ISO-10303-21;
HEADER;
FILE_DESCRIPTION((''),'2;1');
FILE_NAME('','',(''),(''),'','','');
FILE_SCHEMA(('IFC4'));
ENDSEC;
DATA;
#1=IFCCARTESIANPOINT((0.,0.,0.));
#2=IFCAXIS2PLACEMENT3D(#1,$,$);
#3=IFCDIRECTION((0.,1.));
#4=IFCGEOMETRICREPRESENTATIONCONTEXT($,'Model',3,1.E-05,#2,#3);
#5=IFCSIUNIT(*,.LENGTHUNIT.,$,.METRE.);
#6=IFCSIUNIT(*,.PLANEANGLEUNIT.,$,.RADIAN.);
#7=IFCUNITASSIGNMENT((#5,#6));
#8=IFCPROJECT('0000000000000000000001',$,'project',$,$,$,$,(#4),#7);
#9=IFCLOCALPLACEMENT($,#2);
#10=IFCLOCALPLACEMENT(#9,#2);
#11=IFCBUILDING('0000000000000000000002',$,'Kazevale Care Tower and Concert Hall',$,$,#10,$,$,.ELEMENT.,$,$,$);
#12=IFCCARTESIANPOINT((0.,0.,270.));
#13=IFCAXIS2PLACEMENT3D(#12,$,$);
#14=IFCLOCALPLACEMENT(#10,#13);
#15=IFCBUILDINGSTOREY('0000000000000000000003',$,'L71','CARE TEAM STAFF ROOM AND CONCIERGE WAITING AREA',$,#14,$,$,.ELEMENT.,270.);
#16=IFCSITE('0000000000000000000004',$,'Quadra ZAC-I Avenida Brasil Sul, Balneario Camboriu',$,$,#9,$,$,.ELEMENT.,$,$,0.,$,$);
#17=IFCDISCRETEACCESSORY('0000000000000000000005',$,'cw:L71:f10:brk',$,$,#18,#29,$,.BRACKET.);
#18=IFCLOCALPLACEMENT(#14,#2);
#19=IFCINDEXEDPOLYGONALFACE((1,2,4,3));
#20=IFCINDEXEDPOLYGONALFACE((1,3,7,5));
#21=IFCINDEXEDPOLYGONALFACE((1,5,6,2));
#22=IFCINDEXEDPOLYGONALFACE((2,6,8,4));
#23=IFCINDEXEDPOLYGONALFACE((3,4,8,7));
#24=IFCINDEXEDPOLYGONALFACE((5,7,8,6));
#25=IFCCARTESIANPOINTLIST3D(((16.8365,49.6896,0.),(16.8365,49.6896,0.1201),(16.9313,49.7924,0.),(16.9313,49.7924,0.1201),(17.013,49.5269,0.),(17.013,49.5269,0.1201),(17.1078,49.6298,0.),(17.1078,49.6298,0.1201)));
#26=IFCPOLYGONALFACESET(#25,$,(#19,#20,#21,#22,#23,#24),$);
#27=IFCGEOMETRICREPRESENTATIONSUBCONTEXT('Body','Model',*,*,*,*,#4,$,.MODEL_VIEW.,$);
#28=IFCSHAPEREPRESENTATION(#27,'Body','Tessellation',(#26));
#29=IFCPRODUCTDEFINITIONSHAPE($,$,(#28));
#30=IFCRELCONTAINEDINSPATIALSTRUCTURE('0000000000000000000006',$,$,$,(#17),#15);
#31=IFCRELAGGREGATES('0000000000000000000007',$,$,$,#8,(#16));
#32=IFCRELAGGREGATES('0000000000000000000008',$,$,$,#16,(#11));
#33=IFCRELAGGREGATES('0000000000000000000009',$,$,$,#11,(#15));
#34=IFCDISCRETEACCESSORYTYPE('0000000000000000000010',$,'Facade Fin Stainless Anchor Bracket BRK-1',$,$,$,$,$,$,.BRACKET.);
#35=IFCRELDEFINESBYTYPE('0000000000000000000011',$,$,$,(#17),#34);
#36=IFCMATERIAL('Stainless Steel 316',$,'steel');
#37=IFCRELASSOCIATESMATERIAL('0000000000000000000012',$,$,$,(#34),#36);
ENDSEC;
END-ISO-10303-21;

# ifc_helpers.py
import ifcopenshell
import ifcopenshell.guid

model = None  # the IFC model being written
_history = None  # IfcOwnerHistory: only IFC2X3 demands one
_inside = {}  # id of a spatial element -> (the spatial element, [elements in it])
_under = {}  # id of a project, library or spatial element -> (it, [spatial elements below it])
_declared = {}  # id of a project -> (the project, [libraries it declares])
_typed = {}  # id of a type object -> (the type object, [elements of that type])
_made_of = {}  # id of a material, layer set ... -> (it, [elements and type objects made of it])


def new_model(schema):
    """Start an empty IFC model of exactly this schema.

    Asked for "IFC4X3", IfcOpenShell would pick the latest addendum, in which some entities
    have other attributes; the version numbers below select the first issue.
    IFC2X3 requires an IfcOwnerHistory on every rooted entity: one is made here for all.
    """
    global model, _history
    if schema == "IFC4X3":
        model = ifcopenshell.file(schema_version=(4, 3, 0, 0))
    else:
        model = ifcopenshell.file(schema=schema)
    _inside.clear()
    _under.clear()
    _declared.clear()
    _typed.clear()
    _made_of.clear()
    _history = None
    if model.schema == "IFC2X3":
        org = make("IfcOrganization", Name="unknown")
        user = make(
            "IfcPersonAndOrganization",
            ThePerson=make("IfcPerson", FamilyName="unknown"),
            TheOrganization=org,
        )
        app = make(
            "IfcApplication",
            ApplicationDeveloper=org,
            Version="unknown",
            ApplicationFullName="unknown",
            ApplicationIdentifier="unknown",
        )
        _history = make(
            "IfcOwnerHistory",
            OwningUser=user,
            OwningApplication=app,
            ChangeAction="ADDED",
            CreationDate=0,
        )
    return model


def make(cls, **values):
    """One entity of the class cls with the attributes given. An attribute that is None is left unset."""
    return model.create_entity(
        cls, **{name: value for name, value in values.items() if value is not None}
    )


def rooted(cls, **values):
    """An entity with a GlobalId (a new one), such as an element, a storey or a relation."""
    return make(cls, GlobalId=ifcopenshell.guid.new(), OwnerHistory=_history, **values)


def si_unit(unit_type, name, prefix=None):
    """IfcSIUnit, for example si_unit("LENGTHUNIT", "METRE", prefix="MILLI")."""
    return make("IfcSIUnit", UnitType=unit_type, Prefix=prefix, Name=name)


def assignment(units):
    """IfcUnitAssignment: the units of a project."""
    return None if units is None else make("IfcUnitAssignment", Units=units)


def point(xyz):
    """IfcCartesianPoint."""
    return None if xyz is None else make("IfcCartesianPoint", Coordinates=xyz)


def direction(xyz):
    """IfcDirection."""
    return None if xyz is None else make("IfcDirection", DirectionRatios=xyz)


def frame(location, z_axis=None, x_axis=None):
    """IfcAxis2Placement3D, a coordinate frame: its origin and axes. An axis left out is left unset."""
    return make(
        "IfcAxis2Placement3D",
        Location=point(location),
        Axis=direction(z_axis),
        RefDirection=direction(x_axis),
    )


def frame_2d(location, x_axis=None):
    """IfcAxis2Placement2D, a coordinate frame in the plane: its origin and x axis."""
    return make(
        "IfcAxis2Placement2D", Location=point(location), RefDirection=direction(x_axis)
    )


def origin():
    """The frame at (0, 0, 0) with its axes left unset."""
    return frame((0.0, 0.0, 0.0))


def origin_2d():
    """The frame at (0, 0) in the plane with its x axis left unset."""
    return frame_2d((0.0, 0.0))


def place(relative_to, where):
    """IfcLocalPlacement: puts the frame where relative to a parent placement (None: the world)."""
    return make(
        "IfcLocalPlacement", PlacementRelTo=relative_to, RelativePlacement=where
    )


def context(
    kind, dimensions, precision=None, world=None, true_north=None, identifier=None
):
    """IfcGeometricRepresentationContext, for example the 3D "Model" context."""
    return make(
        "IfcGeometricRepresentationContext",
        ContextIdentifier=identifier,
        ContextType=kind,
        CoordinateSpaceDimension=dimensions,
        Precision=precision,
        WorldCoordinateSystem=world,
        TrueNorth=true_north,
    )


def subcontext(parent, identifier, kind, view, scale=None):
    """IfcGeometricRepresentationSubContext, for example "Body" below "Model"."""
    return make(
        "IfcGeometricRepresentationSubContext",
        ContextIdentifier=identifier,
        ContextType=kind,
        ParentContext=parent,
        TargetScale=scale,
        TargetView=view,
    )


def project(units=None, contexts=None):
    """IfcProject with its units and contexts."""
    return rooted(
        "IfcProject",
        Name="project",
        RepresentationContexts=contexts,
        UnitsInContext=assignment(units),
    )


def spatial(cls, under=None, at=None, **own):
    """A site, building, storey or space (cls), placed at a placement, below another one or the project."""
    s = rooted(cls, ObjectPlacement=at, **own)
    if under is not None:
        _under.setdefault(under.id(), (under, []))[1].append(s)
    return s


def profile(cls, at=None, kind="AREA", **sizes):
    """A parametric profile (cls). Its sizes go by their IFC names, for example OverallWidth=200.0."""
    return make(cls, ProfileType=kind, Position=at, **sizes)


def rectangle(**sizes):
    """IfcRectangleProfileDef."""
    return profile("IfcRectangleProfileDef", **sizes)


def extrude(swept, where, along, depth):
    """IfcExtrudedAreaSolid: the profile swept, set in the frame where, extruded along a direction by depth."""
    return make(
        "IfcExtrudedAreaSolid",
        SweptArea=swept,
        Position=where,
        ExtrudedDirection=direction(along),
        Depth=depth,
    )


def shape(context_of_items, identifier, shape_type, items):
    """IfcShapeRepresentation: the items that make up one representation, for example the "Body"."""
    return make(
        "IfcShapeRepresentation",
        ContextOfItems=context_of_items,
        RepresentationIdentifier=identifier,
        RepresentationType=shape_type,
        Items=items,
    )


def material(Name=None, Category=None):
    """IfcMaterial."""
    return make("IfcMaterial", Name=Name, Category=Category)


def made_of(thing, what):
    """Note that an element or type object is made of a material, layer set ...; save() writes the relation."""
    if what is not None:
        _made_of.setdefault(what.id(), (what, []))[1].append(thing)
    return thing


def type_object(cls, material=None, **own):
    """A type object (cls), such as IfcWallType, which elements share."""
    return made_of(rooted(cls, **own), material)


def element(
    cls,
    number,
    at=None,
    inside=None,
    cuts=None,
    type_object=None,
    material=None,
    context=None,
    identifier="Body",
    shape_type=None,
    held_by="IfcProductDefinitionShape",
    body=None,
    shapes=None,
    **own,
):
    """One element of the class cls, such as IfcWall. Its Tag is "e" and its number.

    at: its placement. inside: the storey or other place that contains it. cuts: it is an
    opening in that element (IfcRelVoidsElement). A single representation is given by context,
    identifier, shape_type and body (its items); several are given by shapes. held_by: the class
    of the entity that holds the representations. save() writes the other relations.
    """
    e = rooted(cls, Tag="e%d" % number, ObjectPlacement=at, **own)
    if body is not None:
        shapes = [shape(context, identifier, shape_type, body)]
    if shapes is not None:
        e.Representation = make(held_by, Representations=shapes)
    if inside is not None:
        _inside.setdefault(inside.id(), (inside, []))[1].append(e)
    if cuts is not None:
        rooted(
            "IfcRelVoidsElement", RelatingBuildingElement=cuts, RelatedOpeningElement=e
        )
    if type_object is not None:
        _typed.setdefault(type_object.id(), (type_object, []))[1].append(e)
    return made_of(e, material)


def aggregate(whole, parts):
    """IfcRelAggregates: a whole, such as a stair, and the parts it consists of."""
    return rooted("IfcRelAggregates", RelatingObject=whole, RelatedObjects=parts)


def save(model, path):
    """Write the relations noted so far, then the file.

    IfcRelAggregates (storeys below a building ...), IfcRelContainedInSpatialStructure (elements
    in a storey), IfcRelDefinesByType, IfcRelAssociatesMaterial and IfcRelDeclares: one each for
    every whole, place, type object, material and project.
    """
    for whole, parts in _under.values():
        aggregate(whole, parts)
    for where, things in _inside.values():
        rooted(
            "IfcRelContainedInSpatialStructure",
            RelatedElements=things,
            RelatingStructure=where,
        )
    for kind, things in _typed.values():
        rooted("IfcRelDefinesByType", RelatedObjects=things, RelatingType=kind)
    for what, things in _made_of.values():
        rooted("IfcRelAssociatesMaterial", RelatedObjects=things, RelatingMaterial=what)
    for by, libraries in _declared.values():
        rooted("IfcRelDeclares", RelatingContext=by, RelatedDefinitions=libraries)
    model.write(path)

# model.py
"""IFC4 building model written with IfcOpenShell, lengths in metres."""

from ifc_helpers import new_model, si_unit, direction, frame, origin, origin_2d, place, context, subcontext, project, spatial, rectangle, extrude, material, type_object, element, save


model = new_model("IFC4")

# Units and contexts
model_context = context("Model", 3, precision=1e-05, world=origin(), true_north=direction((0.0, 1.0)))
body_context = subcontext(model_context, "Body", "Model", "MODEL_VIEW")
ifc_project = project(units=[si_unit("LENGTHUNIT", "METRE"), si_unit("PLANEANGLEUNIT", "RADIAN")], contexts=[model_context])

# Site, building, storey
site_placement = place(None, origin())
site = spatial("IfcSite", under=ifc_project, at=site_placement, Name="Quadra ZAC-I Avenida Brasil Sul, Balneario Camboriu", CompositionType="ELEMENT", RefElevation=0.0)
building_placement = place(site_placement, origin())
building = spatial("IfcBuilding", under=site, at=building_placement, Name="Kazevale Care Tower and Concert Hall", CompositionType="ELEMENT")
storey_placement = place(building_placement, frame((0.0, 0.0, 270.0)))
storey = spatial("IfcBuildingStorey", under=building, at=storey_placement, Name="L71", Description="CARE TEAM STAFF ROOM AND CONCIERGE WAITING AREA", CompositionType="ELEMENT", Elevation=270.0)

# Discrete accessory
ifc_material_1 = material(Name="Stainless Steel 316", Category="steel")
discrete_accessory_type = type_object("IfcDiscreteAccessoryType", Name="Facade Fin Stainless Anchor Bracket BRK-1", PredefinedType="BRACKET", material=ifc_material_1)
discrete_accessory_placement = place(storey_placement, frame((16.9722, 49.6597, 0.0), z_axis=(0.0, 0.0, 1.0), x_axis=(-0.73527, 0.677775, 0.0)))
element("IfcDiscreteAccessory", 1, at=discrete_accessory_placement, inside=storey, type_object=discrete_accessory_type, Name="cw:L71:f10:brk", PredefinedType="BRACKET", context=body_context, shape_type="SweptSolid", body=[
    extrude(rectangle(XDim=0.24, YDim=0.1399, at=origin_2d()), origin(), (0.0, 0.0, 1.0), 0.1201),
])

save(model, "model.ifc")
